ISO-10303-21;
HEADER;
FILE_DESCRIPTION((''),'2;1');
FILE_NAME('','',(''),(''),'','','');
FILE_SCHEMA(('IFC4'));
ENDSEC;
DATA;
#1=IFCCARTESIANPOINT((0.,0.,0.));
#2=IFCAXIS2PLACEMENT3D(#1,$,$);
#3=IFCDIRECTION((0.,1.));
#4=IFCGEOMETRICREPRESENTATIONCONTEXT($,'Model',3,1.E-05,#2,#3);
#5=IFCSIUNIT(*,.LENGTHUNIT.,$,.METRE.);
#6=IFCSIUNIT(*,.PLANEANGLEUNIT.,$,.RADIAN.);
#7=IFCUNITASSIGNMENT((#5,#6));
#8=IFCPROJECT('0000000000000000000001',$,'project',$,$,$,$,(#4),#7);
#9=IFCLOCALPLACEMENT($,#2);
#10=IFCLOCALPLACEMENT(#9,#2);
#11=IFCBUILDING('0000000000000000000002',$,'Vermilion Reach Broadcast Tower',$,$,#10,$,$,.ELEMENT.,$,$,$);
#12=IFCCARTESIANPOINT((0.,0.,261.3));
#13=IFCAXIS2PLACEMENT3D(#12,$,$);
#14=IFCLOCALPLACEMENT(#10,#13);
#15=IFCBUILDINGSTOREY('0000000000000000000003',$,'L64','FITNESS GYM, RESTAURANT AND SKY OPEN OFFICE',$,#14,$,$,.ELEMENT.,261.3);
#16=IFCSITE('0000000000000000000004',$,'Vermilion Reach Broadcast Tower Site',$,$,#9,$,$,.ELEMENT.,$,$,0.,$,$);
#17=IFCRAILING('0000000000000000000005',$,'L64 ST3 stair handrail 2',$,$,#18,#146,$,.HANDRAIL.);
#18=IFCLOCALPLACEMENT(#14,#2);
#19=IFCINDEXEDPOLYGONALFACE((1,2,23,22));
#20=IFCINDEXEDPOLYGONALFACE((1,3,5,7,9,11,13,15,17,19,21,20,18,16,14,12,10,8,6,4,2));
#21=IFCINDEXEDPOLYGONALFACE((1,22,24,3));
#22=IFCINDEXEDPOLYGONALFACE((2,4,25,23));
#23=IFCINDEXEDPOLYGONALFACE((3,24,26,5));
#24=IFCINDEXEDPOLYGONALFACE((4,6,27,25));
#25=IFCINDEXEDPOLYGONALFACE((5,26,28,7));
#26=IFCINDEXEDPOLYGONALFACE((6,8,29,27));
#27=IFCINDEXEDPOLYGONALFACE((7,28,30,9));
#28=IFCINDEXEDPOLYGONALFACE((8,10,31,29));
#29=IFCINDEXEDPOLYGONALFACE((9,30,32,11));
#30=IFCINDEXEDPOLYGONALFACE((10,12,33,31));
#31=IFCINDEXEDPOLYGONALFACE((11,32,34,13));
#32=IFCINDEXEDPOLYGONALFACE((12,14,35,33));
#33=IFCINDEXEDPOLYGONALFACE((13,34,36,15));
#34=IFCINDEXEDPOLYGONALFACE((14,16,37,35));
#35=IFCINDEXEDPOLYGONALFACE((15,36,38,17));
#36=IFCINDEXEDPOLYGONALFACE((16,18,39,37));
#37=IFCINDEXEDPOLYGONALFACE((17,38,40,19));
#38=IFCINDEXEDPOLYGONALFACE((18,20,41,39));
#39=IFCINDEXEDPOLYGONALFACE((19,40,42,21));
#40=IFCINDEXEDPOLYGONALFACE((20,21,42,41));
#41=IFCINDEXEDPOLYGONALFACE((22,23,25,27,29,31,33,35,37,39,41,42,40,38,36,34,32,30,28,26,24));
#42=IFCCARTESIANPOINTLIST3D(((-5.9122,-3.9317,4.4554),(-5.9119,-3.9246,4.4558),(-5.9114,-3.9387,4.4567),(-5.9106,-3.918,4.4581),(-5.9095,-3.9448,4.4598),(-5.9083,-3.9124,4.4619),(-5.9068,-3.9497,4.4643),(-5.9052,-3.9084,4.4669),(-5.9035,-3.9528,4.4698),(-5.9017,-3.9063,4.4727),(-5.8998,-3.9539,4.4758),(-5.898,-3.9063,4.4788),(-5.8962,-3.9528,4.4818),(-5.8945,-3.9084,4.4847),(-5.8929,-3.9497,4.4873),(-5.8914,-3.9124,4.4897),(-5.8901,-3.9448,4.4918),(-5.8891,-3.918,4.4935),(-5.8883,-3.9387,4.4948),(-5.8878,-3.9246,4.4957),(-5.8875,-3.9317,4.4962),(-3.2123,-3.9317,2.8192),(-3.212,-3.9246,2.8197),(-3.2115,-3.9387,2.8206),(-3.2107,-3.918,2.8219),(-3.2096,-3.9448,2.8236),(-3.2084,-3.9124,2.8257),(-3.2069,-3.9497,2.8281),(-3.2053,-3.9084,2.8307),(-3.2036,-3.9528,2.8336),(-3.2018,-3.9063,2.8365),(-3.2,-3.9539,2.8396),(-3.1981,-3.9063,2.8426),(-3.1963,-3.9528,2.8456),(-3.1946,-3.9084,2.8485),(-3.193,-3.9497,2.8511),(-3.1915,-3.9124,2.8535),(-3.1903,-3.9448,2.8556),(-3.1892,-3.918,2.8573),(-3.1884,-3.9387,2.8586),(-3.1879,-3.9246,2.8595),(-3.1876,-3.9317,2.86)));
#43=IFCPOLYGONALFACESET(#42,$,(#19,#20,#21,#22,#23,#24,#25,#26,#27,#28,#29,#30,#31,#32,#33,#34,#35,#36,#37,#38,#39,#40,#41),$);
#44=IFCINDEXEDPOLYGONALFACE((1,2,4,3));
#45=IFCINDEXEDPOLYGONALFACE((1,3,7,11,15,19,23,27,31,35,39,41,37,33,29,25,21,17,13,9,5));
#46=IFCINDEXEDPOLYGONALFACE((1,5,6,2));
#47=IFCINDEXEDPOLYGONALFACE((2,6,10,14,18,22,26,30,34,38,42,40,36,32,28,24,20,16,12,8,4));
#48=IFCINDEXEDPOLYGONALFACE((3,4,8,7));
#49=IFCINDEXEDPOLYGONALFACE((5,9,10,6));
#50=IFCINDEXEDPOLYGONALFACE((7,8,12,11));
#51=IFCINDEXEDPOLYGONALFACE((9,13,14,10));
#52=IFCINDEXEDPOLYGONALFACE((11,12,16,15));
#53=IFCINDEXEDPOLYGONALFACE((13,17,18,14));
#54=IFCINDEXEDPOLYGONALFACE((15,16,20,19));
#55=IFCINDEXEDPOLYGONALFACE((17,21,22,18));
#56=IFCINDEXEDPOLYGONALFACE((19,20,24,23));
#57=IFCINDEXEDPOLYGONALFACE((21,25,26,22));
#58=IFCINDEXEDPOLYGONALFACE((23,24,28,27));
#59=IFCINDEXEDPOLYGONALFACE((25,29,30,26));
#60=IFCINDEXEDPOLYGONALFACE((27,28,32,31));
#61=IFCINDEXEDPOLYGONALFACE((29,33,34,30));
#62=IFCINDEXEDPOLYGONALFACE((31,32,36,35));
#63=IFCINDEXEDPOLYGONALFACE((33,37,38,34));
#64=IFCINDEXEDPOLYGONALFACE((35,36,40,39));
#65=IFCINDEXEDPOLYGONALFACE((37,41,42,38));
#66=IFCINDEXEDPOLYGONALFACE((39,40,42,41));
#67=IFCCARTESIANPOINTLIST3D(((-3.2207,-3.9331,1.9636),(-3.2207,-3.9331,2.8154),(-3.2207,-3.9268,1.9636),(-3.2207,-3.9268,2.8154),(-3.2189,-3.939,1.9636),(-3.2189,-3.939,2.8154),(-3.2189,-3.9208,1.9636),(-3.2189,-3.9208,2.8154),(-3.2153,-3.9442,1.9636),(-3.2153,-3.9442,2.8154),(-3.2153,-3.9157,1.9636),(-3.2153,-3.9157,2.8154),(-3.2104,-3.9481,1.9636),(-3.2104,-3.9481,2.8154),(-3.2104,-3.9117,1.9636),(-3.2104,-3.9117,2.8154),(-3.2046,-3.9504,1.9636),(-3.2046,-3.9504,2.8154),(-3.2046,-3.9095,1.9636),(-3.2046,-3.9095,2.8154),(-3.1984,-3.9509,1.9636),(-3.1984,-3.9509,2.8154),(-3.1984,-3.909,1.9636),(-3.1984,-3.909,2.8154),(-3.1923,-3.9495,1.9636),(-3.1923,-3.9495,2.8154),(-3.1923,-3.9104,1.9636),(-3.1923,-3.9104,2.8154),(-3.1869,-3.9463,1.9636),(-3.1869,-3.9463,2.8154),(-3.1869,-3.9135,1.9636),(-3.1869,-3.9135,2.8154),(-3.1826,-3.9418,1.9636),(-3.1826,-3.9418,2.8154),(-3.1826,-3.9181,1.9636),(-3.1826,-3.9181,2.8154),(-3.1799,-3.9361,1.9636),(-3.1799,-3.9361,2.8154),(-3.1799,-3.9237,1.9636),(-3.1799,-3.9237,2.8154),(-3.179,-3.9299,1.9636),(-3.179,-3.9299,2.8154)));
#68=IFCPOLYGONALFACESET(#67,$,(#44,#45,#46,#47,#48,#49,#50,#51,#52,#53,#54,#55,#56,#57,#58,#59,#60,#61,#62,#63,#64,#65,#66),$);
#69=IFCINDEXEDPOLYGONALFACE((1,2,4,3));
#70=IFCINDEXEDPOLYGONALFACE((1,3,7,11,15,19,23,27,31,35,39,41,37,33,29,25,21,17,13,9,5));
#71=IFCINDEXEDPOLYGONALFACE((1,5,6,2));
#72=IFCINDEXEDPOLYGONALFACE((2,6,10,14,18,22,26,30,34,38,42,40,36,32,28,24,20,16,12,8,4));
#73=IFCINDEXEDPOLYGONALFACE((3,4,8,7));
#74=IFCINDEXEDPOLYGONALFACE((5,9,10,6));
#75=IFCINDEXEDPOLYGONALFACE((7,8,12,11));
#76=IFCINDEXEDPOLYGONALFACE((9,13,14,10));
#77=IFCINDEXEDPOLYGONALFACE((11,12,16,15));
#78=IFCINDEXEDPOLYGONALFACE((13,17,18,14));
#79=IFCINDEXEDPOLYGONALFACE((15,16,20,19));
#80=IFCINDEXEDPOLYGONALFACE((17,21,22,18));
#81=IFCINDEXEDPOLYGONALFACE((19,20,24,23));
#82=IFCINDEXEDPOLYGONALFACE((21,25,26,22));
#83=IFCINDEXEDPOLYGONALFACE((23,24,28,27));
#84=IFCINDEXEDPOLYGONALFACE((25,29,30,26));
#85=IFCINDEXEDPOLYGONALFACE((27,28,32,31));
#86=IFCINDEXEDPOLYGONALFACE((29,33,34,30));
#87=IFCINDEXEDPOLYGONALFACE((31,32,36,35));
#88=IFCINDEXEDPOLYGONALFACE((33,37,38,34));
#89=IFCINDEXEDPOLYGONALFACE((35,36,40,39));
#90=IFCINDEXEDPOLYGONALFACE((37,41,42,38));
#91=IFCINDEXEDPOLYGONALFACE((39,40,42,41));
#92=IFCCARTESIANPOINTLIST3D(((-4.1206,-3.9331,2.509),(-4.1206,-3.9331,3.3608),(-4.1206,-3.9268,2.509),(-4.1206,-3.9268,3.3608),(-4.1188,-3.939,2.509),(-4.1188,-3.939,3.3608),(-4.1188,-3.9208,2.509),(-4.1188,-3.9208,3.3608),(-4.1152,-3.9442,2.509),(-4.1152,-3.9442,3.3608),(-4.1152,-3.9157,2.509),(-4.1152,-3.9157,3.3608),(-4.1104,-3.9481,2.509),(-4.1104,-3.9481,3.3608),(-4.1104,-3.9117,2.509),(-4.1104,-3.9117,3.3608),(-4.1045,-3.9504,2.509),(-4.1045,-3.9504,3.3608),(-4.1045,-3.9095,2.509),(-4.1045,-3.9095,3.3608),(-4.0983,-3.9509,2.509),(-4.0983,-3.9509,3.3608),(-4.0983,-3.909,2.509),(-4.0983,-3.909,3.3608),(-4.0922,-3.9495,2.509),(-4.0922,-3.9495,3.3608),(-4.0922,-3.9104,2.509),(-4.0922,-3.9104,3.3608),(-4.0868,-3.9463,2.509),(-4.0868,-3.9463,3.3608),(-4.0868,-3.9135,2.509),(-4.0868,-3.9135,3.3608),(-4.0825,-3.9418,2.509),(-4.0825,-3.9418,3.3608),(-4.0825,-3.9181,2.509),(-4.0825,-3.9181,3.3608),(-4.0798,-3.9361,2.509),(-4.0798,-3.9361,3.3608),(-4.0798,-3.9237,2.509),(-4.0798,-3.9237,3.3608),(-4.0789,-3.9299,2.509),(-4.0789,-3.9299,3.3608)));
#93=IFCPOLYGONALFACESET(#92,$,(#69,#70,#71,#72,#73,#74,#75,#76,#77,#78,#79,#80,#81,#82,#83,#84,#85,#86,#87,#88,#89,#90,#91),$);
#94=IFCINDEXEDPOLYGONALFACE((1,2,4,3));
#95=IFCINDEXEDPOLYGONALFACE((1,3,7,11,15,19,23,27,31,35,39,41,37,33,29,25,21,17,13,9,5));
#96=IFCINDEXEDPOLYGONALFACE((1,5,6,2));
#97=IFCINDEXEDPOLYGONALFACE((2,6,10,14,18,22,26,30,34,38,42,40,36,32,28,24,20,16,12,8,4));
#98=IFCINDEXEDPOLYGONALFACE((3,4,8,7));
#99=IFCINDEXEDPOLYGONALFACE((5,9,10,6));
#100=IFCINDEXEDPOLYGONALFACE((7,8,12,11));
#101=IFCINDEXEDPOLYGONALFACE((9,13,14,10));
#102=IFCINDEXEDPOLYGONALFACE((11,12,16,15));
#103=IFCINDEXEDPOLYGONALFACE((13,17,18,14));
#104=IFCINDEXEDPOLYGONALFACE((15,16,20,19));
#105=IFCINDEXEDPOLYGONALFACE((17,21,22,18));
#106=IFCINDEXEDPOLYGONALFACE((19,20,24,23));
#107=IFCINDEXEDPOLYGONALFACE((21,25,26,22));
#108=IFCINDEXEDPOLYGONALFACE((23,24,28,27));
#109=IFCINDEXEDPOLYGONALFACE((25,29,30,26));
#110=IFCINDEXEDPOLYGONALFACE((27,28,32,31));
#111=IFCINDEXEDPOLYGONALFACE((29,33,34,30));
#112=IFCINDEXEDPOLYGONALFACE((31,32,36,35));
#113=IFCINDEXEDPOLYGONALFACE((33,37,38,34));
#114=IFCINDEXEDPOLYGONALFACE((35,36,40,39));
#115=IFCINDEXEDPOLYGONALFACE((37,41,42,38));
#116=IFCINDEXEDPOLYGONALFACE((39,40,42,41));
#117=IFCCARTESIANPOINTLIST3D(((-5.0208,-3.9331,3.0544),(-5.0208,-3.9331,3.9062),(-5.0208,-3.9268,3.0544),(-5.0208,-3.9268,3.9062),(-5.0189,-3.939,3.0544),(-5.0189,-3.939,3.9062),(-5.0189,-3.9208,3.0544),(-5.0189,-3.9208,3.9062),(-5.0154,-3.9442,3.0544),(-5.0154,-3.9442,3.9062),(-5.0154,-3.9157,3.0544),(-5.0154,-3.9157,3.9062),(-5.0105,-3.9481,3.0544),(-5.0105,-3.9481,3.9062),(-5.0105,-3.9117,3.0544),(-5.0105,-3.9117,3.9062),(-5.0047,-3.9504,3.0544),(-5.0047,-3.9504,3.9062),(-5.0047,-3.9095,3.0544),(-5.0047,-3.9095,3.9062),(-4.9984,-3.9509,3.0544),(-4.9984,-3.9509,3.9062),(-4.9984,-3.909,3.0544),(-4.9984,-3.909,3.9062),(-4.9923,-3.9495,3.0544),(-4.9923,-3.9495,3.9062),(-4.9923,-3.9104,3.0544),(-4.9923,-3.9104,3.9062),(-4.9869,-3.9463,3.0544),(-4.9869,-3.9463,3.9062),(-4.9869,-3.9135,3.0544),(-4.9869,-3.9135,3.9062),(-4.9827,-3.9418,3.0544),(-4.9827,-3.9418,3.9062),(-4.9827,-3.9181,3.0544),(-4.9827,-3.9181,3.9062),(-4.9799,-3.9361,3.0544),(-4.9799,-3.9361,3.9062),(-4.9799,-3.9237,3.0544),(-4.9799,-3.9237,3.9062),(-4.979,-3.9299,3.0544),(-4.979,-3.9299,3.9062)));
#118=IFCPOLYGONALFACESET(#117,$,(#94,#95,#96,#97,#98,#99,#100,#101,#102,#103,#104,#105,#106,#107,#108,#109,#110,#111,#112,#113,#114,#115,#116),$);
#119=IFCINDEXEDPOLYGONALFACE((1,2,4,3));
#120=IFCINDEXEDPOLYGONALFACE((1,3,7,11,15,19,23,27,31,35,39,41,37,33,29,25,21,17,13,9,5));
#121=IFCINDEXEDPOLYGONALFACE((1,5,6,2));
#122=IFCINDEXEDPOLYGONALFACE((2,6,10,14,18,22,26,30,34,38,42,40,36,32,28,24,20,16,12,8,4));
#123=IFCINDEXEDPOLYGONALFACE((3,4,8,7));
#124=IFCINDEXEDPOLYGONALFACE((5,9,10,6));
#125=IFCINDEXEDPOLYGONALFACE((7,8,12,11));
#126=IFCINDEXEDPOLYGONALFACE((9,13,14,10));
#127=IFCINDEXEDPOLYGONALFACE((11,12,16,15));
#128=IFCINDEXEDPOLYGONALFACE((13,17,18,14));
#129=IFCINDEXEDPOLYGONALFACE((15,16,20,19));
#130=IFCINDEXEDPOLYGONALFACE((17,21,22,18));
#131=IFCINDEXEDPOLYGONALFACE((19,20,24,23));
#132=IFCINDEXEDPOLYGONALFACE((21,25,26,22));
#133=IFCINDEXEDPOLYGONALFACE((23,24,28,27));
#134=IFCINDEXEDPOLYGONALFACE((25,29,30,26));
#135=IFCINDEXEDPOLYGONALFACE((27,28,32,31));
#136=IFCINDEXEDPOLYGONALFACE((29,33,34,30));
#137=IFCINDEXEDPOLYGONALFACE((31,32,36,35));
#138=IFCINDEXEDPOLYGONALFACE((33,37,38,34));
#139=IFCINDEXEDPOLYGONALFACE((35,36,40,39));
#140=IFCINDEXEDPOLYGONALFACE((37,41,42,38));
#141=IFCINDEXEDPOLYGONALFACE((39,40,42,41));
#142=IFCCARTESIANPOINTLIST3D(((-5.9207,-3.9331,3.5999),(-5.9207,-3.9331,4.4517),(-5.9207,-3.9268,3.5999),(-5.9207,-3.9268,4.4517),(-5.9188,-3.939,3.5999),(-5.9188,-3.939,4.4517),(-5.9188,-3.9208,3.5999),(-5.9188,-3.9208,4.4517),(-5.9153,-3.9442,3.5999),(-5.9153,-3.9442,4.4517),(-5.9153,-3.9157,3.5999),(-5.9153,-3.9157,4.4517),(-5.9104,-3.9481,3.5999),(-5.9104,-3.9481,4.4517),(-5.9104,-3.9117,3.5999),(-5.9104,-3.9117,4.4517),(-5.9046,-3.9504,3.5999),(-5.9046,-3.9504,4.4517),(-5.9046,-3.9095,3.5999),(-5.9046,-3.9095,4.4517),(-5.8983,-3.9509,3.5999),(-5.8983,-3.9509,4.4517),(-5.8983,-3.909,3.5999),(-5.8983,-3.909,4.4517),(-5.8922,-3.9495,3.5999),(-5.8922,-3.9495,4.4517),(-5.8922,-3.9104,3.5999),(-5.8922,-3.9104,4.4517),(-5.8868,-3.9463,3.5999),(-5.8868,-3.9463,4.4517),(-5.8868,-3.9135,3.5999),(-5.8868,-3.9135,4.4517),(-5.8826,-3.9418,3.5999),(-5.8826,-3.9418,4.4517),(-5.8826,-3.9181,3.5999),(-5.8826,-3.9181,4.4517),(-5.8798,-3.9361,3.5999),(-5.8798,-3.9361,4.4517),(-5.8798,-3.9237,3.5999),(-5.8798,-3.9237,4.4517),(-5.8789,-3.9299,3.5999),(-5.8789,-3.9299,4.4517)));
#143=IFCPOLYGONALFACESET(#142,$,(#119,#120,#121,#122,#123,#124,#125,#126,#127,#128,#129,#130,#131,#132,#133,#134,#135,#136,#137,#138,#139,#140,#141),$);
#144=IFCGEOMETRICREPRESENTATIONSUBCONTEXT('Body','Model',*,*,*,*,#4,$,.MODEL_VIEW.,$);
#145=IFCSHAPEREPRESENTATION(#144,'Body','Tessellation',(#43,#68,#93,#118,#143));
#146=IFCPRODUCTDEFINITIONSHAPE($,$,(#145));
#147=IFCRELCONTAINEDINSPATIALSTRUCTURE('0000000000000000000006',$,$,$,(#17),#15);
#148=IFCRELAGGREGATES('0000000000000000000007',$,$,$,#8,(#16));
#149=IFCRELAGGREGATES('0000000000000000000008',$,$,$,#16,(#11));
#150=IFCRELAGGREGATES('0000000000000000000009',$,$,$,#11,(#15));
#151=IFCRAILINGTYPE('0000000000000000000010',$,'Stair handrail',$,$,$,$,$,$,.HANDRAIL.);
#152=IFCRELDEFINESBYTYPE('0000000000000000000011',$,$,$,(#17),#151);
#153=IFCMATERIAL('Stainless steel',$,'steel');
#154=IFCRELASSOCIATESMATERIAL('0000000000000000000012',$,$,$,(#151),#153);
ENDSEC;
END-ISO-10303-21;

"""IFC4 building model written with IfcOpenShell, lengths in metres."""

from ifc_helpers import new_model, si_unit, direction, frame, origin, origin_2d, place, context, subcontext, project, spatial, circle, extrude, material, type_object, element, save


model = new_model("IFC4")

# Units and contexts
model_context = context("Model", 3, precision=1e-05, world=origin(), true_north=direction((0.0, 1.0)))
body_context = subcontext(model_context, "Body", "Model", "MODEL_VIEW")
ifc_project = project(units=[si_unit("LENGTHUNIT", "METRE"), si_unit("PLANEANGLEUNIT", "RADIAN")], contexts=[model_context])

# Site, building, storey
site_placement = place(None, origin())
site = spatial("IfcSite", under=ifc_project, at=site_placement, Name="Vermilion Reach Broadcast Tower Site", CompositionType="ELEMENT", RefElevation=0.0)
building_placement = place(site_placement, origin())
building = spatial("IfcBuilding", under=site, at=building_placement, Name="Vermilion Reach Broadcast Tower", CompositionType="ELEMENT")
storey_placement = place(building_placement, frame((0.0, 0.0, 261.3)))
storey = spatial("IfcBuildingStorey", under=building, at=storey_placement, Name="L64", Description="FITNESS GYM, RESTAURANT AND SKY OPEN OFFICE", CompositionType="ELEMENT", Elevation=261.3)

# Railing
ifc_material_1 = material(Name="Stainless steel", Category="steel")
railing_type_1 = type_object("IfcRailingType", Name="Stair handrail", PredefinedType="HANDRAIL", material=ifc_material_1)
railing_1_placement = place(storey_placement, frame((-3.2, -3.9299, 1.9636)))
element("IfcRailing", 1, at=railing_1_placement, inside=storey, type_object=railing_type_1, Name="L64 ST3 stair handrail 2", PredefinedType="HANDRAIL", context=body_context, shape_type="SweptSolid", body=[
    extrude(circle(Radius=0.0239, at=origin_2d()), frame((0.0, 0.0, 0.876), z_axis=(-0.855212, 0.0, 0.518278), x_axis=(0.0, -1.0, 0.0)), (0.0, 0.0, 1.0), 3.157),
    extrude(circle(Radius=0.021, at=origin_2d()), origin(), (0.0, 0.0, 1.0), 0.8518),
    extrude(circle(Radius=0.021, at=origin_2d()), frame((-0.8999, 0.0, 0.5454)), (0.0, 0.0, 1.0), 0.8518),
    extrude(circle(Radius=0.021, at=origin_2d()), frame((-1.8, 0.0, 1.0908)), (0.0, 0.0, 1.0), 0.8518),
    extrude(circle(Radius=0.021, at=origin_2d()), frame((-2.7, 0.0, 1.6362)), (0.0, 0.0, 1.0), 0.8518),
])

save(model, "model.ifc")
